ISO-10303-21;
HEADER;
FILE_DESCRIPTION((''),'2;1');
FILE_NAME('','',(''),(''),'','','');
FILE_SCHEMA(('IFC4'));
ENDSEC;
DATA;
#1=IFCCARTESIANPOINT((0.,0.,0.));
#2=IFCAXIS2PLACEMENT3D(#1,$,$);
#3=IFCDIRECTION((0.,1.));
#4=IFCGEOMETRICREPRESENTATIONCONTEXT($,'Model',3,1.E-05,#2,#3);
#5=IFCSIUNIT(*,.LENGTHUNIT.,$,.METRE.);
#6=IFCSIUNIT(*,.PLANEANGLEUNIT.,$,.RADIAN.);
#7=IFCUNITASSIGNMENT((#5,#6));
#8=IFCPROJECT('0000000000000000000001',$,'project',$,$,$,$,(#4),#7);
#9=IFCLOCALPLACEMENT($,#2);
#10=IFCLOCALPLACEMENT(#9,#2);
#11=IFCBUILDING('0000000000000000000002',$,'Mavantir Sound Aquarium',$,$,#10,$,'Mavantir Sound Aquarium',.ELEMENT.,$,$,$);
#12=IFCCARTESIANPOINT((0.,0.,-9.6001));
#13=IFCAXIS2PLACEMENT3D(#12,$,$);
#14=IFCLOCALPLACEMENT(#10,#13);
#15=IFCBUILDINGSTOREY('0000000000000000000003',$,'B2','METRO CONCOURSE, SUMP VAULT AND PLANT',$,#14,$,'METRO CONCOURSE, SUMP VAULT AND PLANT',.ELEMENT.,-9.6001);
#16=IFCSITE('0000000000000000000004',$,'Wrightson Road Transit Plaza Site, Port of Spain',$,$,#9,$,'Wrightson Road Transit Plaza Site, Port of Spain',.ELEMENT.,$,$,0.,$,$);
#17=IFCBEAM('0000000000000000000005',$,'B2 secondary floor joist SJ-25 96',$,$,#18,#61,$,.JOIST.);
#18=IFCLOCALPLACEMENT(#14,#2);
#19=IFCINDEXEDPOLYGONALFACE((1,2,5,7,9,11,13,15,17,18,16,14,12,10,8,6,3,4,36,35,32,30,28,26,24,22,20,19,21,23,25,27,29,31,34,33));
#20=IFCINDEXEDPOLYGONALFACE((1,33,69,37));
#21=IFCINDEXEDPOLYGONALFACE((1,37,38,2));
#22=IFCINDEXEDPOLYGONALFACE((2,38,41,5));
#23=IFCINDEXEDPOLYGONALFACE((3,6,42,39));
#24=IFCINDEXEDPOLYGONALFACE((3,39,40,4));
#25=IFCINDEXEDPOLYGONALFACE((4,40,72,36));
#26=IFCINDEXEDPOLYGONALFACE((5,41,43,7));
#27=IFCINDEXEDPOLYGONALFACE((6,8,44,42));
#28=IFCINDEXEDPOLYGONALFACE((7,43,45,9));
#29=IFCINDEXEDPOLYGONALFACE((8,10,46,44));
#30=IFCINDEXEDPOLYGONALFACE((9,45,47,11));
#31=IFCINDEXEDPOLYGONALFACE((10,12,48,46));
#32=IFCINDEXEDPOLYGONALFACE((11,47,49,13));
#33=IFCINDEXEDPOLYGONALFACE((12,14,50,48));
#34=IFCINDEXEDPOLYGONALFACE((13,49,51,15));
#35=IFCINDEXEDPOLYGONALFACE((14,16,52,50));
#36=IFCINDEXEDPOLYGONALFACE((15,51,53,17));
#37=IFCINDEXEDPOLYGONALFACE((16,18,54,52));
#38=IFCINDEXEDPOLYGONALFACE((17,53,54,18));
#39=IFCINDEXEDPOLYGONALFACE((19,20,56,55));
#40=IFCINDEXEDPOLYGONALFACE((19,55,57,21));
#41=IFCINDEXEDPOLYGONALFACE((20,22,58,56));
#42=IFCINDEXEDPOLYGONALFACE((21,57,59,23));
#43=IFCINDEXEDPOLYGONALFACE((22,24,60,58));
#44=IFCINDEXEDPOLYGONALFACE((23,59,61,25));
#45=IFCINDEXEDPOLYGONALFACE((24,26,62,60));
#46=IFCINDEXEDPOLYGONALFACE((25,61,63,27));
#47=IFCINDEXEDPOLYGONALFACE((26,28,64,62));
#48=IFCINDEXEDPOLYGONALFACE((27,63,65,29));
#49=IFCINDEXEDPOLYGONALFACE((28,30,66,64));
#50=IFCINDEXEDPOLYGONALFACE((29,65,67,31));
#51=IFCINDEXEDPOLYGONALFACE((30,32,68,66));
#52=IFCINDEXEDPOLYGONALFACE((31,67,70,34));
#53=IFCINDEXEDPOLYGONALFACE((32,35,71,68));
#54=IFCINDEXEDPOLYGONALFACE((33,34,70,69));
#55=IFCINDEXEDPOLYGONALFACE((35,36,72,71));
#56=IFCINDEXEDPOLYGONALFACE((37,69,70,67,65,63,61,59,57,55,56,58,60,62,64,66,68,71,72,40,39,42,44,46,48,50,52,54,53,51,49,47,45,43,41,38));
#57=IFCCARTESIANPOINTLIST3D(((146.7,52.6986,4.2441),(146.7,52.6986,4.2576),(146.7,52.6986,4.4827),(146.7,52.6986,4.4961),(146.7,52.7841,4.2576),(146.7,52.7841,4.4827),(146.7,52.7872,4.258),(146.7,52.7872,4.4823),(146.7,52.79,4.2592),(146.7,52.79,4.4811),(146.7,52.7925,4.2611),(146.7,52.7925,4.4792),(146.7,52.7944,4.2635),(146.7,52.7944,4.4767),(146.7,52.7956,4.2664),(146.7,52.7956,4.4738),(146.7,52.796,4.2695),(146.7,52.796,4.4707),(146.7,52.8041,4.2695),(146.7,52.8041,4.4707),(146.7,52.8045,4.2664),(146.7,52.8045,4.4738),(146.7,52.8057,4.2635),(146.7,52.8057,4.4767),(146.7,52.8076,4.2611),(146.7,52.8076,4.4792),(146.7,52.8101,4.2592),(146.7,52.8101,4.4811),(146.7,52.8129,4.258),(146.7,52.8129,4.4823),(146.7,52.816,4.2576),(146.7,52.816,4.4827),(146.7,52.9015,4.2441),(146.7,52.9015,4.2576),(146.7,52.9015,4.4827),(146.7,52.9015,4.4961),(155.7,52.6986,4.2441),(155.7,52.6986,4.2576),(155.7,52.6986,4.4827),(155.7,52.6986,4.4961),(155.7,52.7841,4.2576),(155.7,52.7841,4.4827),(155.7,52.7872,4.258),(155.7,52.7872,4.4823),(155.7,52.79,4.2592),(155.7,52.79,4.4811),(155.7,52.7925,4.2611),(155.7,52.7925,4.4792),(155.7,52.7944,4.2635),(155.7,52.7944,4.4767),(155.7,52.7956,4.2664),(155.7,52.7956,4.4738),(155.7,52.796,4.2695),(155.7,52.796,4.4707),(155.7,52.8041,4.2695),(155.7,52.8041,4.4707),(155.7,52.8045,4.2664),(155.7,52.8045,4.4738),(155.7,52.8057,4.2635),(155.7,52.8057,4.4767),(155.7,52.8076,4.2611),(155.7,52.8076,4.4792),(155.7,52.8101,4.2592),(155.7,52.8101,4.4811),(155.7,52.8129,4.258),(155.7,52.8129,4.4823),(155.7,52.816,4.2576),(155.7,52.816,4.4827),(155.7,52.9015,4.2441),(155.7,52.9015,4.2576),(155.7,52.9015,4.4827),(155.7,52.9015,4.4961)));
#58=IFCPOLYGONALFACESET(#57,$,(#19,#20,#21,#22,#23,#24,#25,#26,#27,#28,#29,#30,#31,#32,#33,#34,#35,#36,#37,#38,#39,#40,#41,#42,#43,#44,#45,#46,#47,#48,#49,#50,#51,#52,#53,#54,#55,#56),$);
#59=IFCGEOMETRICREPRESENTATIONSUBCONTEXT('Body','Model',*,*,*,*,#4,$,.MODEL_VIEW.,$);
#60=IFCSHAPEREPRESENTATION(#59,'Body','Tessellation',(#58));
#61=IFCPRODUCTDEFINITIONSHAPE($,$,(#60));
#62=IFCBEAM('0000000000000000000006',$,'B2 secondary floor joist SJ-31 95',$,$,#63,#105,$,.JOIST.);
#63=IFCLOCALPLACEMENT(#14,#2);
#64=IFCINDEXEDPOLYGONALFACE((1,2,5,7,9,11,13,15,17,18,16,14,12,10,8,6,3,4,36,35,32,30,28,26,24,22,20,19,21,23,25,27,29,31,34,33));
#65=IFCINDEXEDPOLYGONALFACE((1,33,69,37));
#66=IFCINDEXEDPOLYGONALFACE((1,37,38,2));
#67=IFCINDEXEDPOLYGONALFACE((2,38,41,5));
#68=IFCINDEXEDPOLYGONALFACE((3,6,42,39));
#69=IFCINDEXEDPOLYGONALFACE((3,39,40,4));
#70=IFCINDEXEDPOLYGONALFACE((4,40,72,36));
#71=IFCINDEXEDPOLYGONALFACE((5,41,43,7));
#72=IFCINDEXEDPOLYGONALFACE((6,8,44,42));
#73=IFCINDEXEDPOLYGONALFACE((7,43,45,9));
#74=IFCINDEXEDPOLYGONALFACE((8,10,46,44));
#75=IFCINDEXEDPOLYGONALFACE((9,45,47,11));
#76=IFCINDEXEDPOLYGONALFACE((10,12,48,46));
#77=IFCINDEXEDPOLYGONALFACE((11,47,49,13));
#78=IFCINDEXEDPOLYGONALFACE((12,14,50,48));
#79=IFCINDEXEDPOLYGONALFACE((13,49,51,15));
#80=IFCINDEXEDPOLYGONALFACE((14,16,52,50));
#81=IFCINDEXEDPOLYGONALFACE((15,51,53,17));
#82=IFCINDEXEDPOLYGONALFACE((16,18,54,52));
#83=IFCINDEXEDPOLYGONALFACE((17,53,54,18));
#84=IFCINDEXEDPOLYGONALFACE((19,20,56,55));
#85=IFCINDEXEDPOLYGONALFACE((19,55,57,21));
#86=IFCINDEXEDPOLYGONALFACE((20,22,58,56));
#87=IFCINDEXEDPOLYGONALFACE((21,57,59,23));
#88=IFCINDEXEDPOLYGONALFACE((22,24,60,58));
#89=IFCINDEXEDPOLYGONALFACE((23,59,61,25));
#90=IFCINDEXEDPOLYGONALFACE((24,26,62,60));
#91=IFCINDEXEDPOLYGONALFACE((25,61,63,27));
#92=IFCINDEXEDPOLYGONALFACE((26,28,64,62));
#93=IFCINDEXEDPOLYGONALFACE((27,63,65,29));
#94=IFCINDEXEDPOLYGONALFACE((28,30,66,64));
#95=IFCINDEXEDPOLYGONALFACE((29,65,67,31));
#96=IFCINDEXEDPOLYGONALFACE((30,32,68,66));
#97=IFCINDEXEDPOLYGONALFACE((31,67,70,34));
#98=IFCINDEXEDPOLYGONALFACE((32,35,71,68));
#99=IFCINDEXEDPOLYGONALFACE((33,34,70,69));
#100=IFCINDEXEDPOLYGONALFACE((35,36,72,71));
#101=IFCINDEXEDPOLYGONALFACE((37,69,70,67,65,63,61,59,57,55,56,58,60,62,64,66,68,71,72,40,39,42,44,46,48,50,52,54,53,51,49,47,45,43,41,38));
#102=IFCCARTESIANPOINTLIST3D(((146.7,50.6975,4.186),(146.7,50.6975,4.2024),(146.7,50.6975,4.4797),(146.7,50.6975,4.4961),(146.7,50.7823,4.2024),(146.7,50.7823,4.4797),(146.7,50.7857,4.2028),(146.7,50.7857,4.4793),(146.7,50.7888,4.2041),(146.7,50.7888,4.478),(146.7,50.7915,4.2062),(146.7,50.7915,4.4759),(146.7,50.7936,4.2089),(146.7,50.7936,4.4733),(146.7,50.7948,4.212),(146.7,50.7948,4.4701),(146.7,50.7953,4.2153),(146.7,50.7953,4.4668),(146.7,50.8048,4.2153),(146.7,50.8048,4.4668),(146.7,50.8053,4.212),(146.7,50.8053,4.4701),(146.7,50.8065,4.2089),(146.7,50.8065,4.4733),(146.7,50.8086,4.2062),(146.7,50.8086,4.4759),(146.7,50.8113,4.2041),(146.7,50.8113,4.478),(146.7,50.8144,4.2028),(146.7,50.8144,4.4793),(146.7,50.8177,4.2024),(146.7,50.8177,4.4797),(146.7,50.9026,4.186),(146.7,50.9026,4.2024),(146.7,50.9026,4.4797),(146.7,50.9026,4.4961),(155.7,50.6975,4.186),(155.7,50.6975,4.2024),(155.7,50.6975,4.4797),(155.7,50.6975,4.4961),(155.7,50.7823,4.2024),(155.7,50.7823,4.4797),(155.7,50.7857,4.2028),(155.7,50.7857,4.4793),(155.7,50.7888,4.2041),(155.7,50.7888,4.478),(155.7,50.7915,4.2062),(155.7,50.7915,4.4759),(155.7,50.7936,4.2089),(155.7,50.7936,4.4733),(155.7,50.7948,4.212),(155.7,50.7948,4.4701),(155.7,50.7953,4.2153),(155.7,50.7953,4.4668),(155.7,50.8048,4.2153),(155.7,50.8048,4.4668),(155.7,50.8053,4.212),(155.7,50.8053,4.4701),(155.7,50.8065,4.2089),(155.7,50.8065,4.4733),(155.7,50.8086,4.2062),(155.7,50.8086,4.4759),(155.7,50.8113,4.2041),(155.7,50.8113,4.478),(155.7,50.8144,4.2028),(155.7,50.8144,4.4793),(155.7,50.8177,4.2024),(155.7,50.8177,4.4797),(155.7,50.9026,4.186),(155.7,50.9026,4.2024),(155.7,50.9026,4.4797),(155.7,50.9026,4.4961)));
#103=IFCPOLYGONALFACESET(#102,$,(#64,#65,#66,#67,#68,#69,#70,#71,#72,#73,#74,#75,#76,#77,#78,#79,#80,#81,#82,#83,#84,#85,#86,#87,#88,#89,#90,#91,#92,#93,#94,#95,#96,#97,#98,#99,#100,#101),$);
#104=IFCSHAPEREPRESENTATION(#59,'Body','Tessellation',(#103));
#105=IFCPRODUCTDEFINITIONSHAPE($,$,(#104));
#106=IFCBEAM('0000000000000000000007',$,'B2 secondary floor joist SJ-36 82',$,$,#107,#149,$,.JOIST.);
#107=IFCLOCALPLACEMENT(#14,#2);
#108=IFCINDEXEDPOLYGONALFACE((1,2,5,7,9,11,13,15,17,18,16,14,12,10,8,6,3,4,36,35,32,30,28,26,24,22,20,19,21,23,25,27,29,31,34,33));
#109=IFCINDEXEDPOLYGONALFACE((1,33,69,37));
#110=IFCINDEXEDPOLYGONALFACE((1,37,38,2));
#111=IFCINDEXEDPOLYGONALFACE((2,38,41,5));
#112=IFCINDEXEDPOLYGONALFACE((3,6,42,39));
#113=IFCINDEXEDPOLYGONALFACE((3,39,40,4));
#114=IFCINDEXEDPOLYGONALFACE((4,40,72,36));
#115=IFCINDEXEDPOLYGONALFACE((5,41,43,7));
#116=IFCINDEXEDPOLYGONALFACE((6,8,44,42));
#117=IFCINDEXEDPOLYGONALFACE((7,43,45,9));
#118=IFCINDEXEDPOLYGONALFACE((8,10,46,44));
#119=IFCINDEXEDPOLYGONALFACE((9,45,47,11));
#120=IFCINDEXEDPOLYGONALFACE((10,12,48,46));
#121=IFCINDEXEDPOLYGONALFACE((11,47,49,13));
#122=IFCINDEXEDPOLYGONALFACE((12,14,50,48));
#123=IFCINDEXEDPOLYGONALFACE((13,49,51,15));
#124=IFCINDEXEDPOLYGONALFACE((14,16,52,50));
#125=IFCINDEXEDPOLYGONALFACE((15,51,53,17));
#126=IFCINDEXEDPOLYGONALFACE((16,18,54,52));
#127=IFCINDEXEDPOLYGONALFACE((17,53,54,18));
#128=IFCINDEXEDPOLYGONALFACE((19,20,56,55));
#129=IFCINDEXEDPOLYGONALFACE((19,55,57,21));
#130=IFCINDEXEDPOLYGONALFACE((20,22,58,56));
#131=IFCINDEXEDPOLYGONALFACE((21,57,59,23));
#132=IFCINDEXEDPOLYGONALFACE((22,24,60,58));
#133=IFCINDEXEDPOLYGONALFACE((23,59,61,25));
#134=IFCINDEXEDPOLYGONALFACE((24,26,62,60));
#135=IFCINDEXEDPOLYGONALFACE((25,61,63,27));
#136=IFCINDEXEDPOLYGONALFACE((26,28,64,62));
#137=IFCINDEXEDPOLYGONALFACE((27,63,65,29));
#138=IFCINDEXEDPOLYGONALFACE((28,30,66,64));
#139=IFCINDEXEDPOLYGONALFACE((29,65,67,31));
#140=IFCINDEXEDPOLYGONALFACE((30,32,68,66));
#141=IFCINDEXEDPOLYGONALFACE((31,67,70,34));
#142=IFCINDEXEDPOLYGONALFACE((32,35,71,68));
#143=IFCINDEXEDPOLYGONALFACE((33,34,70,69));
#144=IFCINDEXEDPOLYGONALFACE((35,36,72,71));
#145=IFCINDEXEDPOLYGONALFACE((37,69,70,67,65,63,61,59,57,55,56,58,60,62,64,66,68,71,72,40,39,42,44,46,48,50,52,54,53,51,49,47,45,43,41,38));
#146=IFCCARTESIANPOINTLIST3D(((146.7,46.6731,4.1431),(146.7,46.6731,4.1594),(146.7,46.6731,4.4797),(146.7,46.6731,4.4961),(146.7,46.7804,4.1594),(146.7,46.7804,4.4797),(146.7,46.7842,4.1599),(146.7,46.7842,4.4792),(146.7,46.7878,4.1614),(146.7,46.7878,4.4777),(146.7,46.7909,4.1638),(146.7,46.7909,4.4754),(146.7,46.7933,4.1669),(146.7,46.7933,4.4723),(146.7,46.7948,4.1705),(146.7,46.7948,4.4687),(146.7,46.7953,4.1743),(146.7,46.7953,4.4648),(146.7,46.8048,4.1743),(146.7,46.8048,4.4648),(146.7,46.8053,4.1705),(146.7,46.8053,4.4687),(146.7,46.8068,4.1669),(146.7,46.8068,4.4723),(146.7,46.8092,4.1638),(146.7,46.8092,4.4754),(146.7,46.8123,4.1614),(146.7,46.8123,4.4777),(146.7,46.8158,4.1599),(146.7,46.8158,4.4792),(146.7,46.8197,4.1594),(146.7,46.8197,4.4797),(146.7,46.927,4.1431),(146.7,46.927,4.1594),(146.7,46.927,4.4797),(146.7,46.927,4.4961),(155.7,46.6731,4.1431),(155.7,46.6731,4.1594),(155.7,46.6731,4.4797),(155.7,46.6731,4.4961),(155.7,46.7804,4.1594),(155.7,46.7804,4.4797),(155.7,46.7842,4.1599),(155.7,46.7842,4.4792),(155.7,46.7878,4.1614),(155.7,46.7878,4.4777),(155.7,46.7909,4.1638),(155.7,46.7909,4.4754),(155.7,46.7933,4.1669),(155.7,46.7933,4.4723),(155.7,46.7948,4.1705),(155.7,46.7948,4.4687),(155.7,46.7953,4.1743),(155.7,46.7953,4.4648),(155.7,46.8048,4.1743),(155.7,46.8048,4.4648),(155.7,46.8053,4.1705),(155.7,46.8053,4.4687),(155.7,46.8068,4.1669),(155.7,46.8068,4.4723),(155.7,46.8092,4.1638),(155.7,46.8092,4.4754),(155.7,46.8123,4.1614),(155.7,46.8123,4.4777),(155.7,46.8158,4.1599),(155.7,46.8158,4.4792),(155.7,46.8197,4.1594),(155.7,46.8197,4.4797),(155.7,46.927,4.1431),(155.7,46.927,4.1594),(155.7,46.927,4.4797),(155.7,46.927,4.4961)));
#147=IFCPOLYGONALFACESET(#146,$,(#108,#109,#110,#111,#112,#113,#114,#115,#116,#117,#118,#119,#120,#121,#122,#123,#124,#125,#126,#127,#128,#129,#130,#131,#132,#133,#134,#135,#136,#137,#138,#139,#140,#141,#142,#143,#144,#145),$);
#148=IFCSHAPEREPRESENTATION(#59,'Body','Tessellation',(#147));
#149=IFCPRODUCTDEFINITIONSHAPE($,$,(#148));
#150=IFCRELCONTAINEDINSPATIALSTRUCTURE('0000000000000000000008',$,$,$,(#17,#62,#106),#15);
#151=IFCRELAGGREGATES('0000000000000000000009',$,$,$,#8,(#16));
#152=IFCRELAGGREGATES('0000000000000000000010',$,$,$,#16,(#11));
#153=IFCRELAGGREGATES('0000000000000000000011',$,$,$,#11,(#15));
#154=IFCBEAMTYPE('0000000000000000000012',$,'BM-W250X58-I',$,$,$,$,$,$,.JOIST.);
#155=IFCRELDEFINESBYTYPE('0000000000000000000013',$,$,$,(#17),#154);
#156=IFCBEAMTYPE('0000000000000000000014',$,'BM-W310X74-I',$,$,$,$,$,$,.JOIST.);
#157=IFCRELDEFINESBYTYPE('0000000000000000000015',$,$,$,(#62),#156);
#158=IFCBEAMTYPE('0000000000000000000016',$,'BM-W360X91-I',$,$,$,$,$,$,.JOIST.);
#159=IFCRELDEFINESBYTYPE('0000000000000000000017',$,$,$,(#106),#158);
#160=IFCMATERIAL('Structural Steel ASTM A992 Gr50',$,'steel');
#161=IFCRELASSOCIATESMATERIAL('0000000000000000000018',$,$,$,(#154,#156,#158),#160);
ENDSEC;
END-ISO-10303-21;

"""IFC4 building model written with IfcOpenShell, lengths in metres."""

from ifc_helpers import new_model, si_unit, direction, frame, origin, origin_2d, place, context, subcontext, project, spatial, i_section, extrude, material, material_profile, profile_set, type_object, element, save


model = new_model("IFC4")

# Units and contexts
model_context = context("Model", 3, precision=1e-05, world=origin(), true_north=direction((0.0, 1.0)))
body_context = subcontext(model_context, "Body", "Model", "MODEL_VIEW")
ifc_project = project(units=[si_unit("LENGTHUNIT", "METRE"), si_unit("PLANEANGLEUNIT", "RADIAN")], contexts=[model_context])

# Site, building, storey
site_placement = place(None, origin())
site = spatial("IfcSite", under=ifc_project, at=site_placement, Name="Wrightson Road Transit Plaza Site, Port of Spain", LongName="Wrightson Road Transit Plaza Site, Port of Spain", CompositionType="ELEMENT", RefElevation=0.0)
building_placement = place(site_placement, origin())
building = spatial("IfcBuilding", under=site, at=building_placement, Name="Mavantir Sound Aquarium", LongName="Mavantir Sound Aquarium", CompositionType="ELEMENT")
storey_placement = place(building_placement, frame((0.0, 0.0, -9.6001)))
storey = spatial("IfcBuildingStorey", under=building, at=storey_placement, Name="B2", Description="METRO CONCOURSE, SUMP VAULT AND PLANT", LongName="METRO CONCOURSE, SUMP VAULT AND PLANT", CompositionType="ELEMENT", Elevation=-9.6001)

# Beams
ifc_material_1 = material(Name="Structural Steel ASTM A992 Gr50", Category="steel")
ifc_material_profile_1 = material_profile(ifc_material_1, i_section(OverallWidth=0.2029, OverallDepth=0.252, WebThickness=0.0081, FlangeThickness=0.0134, FilletRadius=0.012, at=origin_2d()), Name="W250X58")
ifc_profile_set_1 = profile_set([ifc_material_profile_1], Name="Structural Steel ASTM A992 Gr50")
beam_type_1 = type_object("IfcBeamType", Name="BM-W250X58-I", PredefinedType="JOIST", material=ifc_profile_set_1)
beam_1_placement = place(storey_placement, frame((146.7, 52.8, 4.3701), z_axis=(1.0, 0.0, 0.0), x_axis=(0.0, 1.0, 0.0)))
element("IfcBeam", 1, at=beam_1_placement, inside=storey, type_object=beam_type_1, Name="B2 secondary floor joist SJ-25 96", PredefinedType="JOIST", context=body_context, shape_type="SweptSolid", body=[
    extrude(i_section(OverallWidth=0.2029, OverallDepth=0.252, WebThickness=0.0081, FlangeThickness=0.0134, FilletRadius=0.012, at=origin_2d()), origin(), (0.0, 0.0, 1.0), 9.0),
])
ifc_material_profile_2 = material_profile(ifc_material_1, i_section(OverallWidth=0.2051, OverallDepth=0.3101, WebThickness=0.0095, FlangeThickness=0.0164, FilletRadius=0.0129, at=origin_2d()), Name="W310X74")
ifc_profile_set_2 = profile_set([ifc_material_profile_2], Name="Structural Steel ASTM A992 Gr50")
beam_type_2 = type_object("IfcBeamType", Name="BM-W310X74-I", PredefinedType="JOIST", material=ifc_profile_set_2)
beam_2_placement = place(storey_placement, frame((146.7, 50.8, 4.3411), z_axis=(1.0, 0.0, 0.0), x_axis=(0.0, 1.0, 0.0)))
element("IfcBeam", 2, at=beam_2_placement, inside=storey, type_object=beam_type_2, Name="B2 secondary floor joist SJ-31 95", PredefinedType="JOIST", context=body_context, shape_type="SweptSolid", body=[
    extrude(i_section(OverallWidth=0.2051, OverallDepth=0.3101, WebThickness=0.0095, FlangeThickness=0.0164, FilletRadius=0.0129, at=origin_2d()), origin(), (0.0, 0.0, 1.0), 9.0),
])
ifc_material_profile_3 = material_profile(ifc_material_1, i_section(OverallWidth=0.2539, OverallDepth=0.353, WebThickness=0.0095, FlangeThickness=0.0164, FilletRadius=0.0149, at=origin_2d()), Name="W360X91")
ifc_profile_set_3 = profile_set([ifc_material_profile_3], Name="Structural Steel ASTM A992 Gr50")
beam_type_3 = type_object("IfcBeamType", Name="BM-W360X91-I", PredefinedType="JOIST", material=ifc_profile_set_3)
beam_3_placement = place(storey_placement, frame((146.7, 46.8, 4.3196), z_axis=(1.0, 0.0, 0.0), x_axis=(0.0, 1.0, 0.0)))
element("IfcBeam", 3, at=beam_3_placement, inside=storey, type_object=beam_type_3, Name="B2 secondary floor joist SJ-36 82", PredefinedType="JOIST", context=body_context, shape_type="SweptSolid", body=[
    extrude(i_section(OverallWidth=0.2539, OverallDepth=0.353, WebThickness=0.0095, FlangeThickness=0.0164, FilletRadius=0.0149, at=origin_2d()), origin(), (0.0, 0.0, 1.0), 9.0),
])

save(model, "model.ifc")
